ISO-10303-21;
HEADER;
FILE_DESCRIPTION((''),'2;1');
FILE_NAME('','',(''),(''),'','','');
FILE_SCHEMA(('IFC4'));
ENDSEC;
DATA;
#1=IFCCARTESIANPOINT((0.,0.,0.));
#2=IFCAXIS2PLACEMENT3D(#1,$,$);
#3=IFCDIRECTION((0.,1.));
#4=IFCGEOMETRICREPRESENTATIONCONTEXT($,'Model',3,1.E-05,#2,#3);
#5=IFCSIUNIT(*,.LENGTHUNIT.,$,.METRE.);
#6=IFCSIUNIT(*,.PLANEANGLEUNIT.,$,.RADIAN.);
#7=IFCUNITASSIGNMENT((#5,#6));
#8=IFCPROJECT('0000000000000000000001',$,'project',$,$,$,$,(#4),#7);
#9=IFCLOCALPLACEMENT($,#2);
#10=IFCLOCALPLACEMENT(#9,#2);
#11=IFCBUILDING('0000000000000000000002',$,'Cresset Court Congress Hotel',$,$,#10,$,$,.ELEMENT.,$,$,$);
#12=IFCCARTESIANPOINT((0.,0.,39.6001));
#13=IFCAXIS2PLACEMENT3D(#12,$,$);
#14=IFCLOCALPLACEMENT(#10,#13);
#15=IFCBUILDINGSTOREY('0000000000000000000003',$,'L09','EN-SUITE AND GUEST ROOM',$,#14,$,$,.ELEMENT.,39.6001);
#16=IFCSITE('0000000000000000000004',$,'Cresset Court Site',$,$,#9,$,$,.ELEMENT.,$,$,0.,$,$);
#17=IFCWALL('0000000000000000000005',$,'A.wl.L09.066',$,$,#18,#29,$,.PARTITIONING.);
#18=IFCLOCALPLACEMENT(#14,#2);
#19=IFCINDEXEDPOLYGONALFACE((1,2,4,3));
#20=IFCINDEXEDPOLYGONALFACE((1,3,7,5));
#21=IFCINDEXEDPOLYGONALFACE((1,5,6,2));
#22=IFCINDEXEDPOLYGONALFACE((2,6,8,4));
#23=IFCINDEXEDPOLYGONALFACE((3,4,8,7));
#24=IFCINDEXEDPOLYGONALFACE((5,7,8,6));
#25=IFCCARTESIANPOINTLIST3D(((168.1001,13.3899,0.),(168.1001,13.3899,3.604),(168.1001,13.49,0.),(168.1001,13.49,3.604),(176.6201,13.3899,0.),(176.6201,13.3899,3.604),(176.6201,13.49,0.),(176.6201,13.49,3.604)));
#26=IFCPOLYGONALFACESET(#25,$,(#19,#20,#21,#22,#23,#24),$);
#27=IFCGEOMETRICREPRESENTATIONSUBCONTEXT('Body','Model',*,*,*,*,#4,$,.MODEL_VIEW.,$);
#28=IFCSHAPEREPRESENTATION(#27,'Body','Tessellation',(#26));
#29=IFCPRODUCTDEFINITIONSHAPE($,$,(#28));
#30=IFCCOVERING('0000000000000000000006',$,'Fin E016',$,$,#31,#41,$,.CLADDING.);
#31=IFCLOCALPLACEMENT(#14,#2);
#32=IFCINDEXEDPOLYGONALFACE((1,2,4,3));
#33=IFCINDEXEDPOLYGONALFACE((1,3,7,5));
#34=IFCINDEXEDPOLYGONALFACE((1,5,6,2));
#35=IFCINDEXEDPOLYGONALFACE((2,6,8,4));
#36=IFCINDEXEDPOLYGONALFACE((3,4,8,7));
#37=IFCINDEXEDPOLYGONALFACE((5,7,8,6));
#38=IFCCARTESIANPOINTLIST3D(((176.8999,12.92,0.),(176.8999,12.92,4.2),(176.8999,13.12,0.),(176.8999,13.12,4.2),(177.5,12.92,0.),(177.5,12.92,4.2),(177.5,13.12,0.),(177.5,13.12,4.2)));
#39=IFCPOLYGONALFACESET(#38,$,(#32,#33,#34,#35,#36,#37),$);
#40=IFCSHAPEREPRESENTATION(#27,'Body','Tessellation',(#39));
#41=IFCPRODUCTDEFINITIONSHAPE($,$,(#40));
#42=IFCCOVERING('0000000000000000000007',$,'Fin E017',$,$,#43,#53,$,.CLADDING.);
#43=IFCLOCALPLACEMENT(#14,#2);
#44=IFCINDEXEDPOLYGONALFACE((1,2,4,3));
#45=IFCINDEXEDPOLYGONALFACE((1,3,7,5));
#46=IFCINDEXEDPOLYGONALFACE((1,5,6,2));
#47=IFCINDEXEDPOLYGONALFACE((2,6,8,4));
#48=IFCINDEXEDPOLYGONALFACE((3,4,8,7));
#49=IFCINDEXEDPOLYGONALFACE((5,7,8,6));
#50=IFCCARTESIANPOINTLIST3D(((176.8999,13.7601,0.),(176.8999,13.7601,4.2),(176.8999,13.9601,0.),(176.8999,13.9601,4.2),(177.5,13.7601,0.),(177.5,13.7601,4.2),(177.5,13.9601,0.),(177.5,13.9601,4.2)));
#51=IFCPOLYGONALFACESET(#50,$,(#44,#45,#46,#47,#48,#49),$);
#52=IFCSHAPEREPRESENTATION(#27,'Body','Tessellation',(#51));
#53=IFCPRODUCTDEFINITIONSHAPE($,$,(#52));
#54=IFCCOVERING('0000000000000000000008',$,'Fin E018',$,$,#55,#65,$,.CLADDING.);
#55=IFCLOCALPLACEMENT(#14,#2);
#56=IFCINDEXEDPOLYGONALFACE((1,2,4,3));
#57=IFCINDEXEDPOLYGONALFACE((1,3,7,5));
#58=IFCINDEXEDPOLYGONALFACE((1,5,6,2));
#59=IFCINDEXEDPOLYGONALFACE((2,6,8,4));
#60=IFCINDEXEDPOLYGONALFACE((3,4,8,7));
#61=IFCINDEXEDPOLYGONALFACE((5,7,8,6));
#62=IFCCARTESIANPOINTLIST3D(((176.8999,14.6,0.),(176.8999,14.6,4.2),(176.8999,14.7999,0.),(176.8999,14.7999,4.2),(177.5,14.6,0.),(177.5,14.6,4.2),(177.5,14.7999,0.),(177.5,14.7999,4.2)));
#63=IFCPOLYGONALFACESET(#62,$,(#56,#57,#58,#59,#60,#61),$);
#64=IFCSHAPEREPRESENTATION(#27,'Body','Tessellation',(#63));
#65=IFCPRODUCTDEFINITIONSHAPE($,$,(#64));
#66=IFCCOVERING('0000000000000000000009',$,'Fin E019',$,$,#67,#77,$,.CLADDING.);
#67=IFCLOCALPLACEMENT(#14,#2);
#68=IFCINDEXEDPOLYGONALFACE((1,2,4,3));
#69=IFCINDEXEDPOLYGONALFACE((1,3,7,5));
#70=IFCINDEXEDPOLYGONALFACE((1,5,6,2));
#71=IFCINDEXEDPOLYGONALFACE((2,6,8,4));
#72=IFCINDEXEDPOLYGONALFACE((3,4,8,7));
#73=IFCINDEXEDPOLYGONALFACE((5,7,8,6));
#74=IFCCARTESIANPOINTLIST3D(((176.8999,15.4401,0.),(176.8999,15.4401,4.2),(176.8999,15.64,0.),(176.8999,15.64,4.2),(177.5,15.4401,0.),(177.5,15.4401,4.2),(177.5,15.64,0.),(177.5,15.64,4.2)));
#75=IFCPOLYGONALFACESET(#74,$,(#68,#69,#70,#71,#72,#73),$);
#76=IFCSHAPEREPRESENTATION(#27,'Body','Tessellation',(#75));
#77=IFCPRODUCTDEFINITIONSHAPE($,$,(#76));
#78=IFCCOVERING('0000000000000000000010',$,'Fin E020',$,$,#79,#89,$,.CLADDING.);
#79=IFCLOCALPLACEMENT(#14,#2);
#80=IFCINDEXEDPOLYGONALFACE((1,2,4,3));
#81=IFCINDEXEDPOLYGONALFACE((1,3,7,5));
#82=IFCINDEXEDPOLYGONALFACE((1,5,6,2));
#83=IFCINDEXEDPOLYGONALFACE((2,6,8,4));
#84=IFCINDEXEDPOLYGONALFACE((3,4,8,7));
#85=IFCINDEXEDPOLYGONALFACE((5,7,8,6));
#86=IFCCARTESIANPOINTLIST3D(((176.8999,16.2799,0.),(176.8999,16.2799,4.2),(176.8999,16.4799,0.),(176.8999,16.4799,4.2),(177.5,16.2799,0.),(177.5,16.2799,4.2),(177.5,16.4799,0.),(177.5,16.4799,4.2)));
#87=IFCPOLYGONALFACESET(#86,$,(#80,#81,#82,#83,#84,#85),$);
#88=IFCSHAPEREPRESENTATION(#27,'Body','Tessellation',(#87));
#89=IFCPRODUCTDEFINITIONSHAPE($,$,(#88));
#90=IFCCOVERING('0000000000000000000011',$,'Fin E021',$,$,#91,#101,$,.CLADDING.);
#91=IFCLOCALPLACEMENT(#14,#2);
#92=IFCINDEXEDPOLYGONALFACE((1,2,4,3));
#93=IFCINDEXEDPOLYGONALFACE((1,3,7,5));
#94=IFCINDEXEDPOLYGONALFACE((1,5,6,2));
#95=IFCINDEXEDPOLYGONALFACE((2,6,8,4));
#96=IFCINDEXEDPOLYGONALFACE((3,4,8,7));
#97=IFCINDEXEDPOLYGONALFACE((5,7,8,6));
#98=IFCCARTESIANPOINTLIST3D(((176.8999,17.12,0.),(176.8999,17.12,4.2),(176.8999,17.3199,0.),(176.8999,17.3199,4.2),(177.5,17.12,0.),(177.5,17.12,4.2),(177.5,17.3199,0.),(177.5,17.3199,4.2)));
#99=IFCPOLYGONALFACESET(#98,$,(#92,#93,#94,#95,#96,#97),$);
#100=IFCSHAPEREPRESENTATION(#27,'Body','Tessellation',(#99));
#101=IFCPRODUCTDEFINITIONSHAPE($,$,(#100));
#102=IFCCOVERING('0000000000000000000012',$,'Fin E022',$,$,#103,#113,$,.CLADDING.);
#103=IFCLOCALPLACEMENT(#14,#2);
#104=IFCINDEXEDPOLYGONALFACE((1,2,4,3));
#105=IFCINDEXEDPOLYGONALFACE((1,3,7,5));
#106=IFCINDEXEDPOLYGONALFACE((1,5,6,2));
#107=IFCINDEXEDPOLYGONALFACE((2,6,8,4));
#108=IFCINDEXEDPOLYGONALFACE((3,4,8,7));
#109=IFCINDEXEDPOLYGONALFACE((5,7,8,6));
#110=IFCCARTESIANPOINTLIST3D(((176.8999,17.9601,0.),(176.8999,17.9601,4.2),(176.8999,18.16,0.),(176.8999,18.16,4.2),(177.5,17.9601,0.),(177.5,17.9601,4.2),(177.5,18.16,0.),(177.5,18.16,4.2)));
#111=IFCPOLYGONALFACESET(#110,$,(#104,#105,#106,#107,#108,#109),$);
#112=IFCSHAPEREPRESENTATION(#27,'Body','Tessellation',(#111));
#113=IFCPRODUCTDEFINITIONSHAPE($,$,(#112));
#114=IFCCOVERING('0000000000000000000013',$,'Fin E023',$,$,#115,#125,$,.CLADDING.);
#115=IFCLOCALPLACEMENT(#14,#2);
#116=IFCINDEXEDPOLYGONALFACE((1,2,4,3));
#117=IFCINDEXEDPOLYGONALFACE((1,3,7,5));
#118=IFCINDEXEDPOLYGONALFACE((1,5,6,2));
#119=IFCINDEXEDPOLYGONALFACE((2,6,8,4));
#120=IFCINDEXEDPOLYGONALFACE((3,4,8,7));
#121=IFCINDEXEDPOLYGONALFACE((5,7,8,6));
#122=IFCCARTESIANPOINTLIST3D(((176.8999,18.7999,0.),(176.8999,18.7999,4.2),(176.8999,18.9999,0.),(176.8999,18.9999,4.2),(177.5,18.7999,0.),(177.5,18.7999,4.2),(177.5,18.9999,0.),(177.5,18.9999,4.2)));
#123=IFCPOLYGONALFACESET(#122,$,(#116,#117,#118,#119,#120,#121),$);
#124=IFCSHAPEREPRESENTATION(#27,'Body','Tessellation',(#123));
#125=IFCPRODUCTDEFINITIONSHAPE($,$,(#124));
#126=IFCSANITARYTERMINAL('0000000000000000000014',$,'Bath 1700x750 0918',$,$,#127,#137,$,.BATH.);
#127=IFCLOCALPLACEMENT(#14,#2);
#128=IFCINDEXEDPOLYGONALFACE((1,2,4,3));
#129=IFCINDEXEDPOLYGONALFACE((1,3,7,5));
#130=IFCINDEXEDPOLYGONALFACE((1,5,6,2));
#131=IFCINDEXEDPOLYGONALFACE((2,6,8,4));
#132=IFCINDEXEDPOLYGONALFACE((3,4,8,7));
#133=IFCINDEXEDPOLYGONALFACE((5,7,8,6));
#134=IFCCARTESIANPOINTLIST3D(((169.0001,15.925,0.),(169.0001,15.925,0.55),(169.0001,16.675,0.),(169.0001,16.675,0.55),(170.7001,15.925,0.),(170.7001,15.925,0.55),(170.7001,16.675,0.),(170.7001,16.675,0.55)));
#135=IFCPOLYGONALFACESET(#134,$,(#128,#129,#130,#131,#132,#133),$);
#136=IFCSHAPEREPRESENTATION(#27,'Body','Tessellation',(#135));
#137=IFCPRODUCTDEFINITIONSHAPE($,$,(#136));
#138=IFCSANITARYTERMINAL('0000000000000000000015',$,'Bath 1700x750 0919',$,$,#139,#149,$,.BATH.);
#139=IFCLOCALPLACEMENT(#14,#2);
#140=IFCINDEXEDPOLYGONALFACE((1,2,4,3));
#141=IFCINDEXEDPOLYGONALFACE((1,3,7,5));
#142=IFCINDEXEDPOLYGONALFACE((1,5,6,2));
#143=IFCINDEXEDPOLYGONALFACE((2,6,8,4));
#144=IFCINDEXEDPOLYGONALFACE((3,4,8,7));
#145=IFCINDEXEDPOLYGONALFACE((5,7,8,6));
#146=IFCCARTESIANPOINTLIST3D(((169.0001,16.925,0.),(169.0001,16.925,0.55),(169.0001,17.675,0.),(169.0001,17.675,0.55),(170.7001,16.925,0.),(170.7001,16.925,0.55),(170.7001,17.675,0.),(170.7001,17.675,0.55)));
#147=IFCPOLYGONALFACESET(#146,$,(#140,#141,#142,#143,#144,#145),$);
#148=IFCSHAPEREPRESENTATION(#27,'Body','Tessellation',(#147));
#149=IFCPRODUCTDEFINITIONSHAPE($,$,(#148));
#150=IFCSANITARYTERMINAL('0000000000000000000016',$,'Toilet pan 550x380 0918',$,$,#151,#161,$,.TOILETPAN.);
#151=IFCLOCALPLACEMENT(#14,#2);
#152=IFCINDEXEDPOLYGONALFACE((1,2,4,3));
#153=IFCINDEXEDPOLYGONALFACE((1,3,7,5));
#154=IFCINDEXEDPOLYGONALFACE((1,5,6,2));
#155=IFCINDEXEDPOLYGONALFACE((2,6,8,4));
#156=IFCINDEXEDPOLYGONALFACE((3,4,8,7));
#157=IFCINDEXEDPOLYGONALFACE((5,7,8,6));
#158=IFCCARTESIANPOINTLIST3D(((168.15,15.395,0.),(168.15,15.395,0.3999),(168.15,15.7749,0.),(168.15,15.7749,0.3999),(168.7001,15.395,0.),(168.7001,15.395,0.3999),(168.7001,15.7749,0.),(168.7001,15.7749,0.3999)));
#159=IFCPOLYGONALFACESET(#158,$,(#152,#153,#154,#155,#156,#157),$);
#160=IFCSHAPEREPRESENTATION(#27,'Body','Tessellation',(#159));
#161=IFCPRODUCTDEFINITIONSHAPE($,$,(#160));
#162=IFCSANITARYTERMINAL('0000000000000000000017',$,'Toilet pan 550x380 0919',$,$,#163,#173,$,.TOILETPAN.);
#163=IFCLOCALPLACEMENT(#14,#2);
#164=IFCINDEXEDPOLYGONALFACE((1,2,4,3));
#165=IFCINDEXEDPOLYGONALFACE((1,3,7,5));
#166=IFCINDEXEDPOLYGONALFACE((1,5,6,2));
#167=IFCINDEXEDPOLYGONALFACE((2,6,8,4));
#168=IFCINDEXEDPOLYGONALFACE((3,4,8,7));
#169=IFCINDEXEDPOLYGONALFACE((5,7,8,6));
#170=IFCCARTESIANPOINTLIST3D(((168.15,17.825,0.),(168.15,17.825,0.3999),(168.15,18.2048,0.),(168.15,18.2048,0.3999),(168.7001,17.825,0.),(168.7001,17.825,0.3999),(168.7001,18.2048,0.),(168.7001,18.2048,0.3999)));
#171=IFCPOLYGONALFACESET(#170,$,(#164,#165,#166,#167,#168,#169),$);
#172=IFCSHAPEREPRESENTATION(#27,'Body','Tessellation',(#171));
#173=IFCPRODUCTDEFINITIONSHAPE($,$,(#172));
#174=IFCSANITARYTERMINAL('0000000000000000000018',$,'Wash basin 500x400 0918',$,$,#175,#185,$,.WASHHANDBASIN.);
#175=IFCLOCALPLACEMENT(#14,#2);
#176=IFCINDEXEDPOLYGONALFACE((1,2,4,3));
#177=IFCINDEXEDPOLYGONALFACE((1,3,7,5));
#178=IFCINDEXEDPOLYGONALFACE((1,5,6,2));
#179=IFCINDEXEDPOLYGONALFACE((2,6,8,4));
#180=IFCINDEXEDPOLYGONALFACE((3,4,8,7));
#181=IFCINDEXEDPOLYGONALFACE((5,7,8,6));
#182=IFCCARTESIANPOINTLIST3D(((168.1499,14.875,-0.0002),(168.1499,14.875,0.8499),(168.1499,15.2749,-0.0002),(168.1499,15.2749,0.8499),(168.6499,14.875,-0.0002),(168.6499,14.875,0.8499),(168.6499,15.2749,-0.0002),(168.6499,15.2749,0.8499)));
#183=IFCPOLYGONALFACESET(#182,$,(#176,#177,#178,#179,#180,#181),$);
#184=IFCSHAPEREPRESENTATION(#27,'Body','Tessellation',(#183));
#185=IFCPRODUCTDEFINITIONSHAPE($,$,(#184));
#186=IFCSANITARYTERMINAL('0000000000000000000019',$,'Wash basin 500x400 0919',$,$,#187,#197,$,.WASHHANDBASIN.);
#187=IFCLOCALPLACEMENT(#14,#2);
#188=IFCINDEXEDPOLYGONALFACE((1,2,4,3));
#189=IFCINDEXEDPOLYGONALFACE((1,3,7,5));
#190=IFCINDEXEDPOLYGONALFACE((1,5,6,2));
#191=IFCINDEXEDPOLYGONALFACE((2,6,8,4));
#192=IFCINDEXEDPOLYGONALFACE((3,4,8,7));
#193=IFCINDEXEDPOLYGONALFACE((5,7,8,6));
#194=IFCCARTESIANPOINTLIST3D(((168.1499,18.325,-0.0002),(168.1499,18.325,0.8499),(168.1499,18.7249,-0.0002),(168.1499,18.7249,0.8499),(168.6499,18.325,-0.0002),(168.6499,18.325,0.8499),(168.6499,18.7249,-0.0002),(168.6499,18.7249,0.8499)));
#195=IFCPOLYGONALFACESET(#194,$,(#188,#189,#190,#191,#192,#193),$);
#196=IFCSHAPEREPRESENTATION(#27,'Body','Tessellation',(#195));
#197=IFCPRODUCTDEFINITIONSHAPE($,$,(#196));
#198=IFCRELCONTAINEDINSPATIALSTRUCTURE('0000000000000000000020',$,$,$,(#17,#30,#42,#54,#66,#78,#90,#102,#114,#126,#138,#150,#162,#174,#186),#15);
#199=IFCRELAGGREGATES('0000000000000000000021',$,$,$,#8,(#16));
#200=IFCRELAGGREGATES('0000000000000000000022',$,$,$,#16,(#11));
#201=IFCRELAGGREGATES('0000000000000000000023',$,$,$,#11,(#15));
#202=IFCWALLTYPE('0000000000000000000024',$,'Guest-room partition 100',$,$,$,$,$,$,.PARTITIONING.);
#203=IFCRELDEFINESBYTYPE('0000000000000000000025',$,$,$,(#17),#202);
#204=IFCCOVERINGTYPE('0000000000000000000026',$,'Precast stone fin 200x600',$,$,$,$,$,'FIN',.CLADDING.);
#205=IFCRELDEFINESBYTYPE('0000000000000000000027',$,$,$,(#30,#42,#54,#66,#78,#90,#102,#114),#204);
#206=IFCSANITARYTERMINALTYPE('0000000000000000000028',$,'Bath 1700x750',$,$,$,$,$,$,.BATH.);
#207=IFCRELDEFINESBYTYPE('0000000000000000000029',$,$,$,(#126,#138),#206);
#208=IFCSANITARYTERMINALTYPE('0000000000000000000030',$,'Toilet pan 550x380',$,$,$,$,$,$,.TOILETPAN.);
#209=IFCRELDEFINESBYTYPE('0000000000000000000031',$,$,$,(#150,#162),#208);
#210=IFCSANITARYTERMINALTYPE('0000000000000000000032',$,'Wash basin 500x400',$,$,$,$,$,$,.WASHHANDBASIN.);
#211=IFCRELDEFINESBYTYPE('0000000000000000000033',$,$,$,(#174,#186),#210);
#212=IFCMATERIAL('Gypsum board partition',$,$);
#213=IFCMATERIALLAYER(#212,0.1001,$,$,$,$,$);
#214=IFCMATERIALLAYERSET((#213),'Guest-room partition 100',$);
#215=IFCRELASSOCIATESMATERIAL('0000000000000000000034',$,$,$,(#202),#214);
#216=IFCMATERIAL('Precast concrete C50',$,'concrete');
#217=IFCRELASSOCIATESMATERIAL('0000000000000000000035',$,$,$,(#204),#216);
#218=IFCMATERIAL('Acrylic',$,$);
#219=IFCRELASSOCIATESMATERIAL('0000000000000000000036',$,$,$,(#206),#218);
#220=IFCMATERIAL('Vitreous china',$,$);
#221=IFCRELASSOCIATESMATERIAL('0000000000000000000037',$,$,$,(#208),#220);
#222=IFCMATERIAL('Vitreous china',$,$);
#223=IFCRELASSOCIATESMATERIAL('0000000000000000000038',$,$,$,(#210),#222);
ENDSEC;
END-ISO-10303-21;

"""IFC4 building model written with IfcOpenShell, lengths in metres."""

from ifc_helpers import new_model, si_unit, direction, frame, frame_2d, origin, origin_2d, place, context, subcontext, project, spatial, rectangle, extrude, material, layer, layer_set, type_object, element, save


model = new_model("IFC4")

# Units and contexts
model_context = context("Model", 3, precision=1e-05, world=origin(), true_north=direction((0.0, 1.0)))
body_context = subcontext(model_context, "Body", "Model", "MODEL_VIEW")
ifc_project = project(units=[si_unit("LENGTHUNIT", "METRE"), si_unit("PLANEANGLEUNIT", "RADIAN")], contexts=[model_context])

# Site, building, storey
site_placement = place(None, origin())
site = spatial("IfcSite", under=ifc_project, at=site_placement, Name="Cresset Court Site", CompositionType="ELEMENT", RefElevation=0.0)
building_placement = place(site_placement, origin())
building = spatial("IfcBuilding", under=site, at=building_placement, Name="Cresset Court Congress Hotel", CompositionType="ELEMENT")
storey_placement = place(building_placement, frame((0.0, 0.0, 39.6001)))
storey = spatial("IfcBuildingStorey", under=building, at=storey_placement, Name="L09", Description="EN-SUITE AND GUEST ROOM", CompositionType="ELEMENT", Elevation=39.6001)

# Wall
ifc_material_1 = material(Name="Gypsum board partition")
ifc_layer_1 = layer(ifc_material_1, 0.1001)
ifc_layer_set_1 = layer_set([ifc_layer_1], Name="Guest-room partition 100")
wall_type_1 = type_object("IfcWallType", Name="Guest-room partition 100", PredefinedType="PARTITIONING", material=ifc_layer_set_1)
wall_1_placement = place(storey_placement, frame((168.1001, 13.4399, 0.0), z_axis=(0.0, 0.0, 1.0), x_axis=(1.0, 0.0, 0.0)))
element("IfcWall", 1, at=wall_1_placement, inside=storey, type_object=wall_type_1, Name="A.wl.L09.066", PredefinedType="PARTITIONING", context=body_context, shape_type="SweptSolid", body=[
    extrude(rectangle(XDim=8.52, YDim=0.1001, at=frame_2d((4.26, 0.0))), origin(), (0.0, 0.0, 1.0), 3.604),
])

# Coverings
ifc_material_2 = material(Name="Precast concrete C50", Category="concrete")
covering_type = type_object("IfcCoveringType", Name="Precast stone fin 200x600", ElementType="FIN", PredefinedType="CLADDING", material=ifc_material_2)
for number, where, z_axis, x_axis, name in (
    (2, (177.2, 13.02, 0.0), (0.0, 0.0, 1.0), (1.0, 0.0, 0.0), "Fin E016"),
    (3, (177.2, 13.8601, 0.0), (0.0, 0.0, 1.0), (1.0, 0.0, 0.0), "Fin E017"),
    (4, (177.2, 14.7, 0.0), (0.0, 0.0, 1.0), (1.0, 0.0, 0.0), "Fin E018"),
    (5, (177.2, 15.54, 0.0), (0.0, 0.0, 1.0), (1.0, 0.0, 0.0), "Fin E019"),
    (6, (177.2, 16.3799, 0.0), (0.0, 0.0, 1.0), (1.0, 0.0, 0.0), "Fin E020"),
    (7, (177.2, 17.22, 0.0), (0.0, 0.0, 1.0), (1.0, 0.0, 0.0), "Fin E021"),
    (8, (177.2, 18.0601, 0.0), (0.0, 0.0, 1.0), (1.0, 0.0, 0.0), "Fin E022"),
    (9, (177.2, 18.8999, 0.0), (0.0, 0.0, 1.0), (1.0, 0.0, 0.0), "Fin E023"),
):
    element("IfcCovering", number, at=place(storey_placement, frame(where, z_axis=z_axis, x_axis=x_axis)), inside=storey, type_object=covering_type, Name=name, PredefinedType="CLADDING", context=body_context, shape_type="SweptSolid", body=[
        extrude(rectangle(XDim=0.6001, YDim=0.2, at=origin_2d()), origin(), (0.0, 0.0, 1.0), 4.2),
    ])

# Sanitary terminals
ifc_material_3 = material(Name="Acrylic")
sanitary_terminal_type_1 = type_object("IfcSanitaryTerminalType", Name="Bath 1700x750", PredefinedType="BATH", material=ifc_material_3)
for number, where, z_axis, x_axis, name in (
    (10, (169.8501, 16.3, 0.0), (0.0, 0.0, 1.0), (1.0, 0.0, 0.0), "Bath 1700x750 0918"),
    (11, (169.8501, 17.3, 0.0), (0.0, 0.0, 1.0), (1.0, 0.0, 0.0), "Bath 1700x750 0919"),
):
    element("IfcSanitaryTerminal", number, at=place(storey_placement, frame(where, z_axis=z_axis, x_axis=x_axis)), inside=storey, type_object=sanitary_terminal_type_1, Name=name, PredefinedType="BATH", context=body_context, shape_type="SweptSolid", body=[
        extrude(rectangle(XDim=1.7, YDim=0.75, at=origin_2d()), origin(), (0.0, 0.0, 1.0), 0.55),
    ])
ifc_material_4 = material(Name="Vitreous china")
sanitary_terminal_type_2 = type_object("IfcSanitaryTerminalType", Name="Toilet pan 550x380", PredefinedType="TOILETPAN", material=ifc_material_4)
for number, where, z_axis, x_axis, name in (
    (12, (168.425, 15.585, 0.0), (0.0, 0.0, 1.0), (1.0, 0.0, 0.0), "Toilet pan 550x380 0918"),
    (13, (168.425, 18.0149, 0.0), (0.0, 0.0, 1.0), (1.0, 0.0, 0.0), "Toilet pan 550x380 0919"),
):
    element("IfcSanitaryTerminal", number, at=place(storey_placement, frame(where, z_axis=z_axis, x_axis=x_axis)), inside=storey, type_object=sanitary_terminal_type_2, Name=name, PredefinedType="TOILETPAN", context=body_context, shape_type="SweptSolid", body=[
        extrude(rectangle(XDim=0.55, YDim=0.3799, at=origin_2d()), origin(), (0.0, 0.0, 1.0), 0.3999),
    ])
ifc_material_5 = material(Name="Vitreous china")
sanitary_terminal_type_3 = type_object("IfcSanitaryTerminalType", Name="Wash basin 500x400", PredefinedType="WASHHANDBASIN", material=ifc_material_5)
for number, where, z_axis, x_axis, name in (
    (14, (168.3999, 15.075, -0.0002), (0.0, 0.0, 1.0), (1.0, 0.0, 0.0), "Wash basin 500x400 0918"),
    (15, (168.3999, 18.5249, -0.0002), (0.0, 0.0, 1.0), (1.0, 0.0, 0.0), "Wash basin 500x400 0919"),
):
    element("IfcSanitaryTerminal", number, at=place(storey_placement, frame(where, z_axis=z_axis, x_axis=x_axis)), inside=storey, type_object=sanitary_terminal_type_3, Name=name, PredefinedType="WASHHANDBASIN", context=body_context, shape_type="SweptSolid", body=[
        extrude(rectangle(XDim=0.5, YDim=0.3999, at=origin_2d()), origin(), (0.0, 0.0, 1.0), 0.8501),
    ])

save(model, "model.ifc")
